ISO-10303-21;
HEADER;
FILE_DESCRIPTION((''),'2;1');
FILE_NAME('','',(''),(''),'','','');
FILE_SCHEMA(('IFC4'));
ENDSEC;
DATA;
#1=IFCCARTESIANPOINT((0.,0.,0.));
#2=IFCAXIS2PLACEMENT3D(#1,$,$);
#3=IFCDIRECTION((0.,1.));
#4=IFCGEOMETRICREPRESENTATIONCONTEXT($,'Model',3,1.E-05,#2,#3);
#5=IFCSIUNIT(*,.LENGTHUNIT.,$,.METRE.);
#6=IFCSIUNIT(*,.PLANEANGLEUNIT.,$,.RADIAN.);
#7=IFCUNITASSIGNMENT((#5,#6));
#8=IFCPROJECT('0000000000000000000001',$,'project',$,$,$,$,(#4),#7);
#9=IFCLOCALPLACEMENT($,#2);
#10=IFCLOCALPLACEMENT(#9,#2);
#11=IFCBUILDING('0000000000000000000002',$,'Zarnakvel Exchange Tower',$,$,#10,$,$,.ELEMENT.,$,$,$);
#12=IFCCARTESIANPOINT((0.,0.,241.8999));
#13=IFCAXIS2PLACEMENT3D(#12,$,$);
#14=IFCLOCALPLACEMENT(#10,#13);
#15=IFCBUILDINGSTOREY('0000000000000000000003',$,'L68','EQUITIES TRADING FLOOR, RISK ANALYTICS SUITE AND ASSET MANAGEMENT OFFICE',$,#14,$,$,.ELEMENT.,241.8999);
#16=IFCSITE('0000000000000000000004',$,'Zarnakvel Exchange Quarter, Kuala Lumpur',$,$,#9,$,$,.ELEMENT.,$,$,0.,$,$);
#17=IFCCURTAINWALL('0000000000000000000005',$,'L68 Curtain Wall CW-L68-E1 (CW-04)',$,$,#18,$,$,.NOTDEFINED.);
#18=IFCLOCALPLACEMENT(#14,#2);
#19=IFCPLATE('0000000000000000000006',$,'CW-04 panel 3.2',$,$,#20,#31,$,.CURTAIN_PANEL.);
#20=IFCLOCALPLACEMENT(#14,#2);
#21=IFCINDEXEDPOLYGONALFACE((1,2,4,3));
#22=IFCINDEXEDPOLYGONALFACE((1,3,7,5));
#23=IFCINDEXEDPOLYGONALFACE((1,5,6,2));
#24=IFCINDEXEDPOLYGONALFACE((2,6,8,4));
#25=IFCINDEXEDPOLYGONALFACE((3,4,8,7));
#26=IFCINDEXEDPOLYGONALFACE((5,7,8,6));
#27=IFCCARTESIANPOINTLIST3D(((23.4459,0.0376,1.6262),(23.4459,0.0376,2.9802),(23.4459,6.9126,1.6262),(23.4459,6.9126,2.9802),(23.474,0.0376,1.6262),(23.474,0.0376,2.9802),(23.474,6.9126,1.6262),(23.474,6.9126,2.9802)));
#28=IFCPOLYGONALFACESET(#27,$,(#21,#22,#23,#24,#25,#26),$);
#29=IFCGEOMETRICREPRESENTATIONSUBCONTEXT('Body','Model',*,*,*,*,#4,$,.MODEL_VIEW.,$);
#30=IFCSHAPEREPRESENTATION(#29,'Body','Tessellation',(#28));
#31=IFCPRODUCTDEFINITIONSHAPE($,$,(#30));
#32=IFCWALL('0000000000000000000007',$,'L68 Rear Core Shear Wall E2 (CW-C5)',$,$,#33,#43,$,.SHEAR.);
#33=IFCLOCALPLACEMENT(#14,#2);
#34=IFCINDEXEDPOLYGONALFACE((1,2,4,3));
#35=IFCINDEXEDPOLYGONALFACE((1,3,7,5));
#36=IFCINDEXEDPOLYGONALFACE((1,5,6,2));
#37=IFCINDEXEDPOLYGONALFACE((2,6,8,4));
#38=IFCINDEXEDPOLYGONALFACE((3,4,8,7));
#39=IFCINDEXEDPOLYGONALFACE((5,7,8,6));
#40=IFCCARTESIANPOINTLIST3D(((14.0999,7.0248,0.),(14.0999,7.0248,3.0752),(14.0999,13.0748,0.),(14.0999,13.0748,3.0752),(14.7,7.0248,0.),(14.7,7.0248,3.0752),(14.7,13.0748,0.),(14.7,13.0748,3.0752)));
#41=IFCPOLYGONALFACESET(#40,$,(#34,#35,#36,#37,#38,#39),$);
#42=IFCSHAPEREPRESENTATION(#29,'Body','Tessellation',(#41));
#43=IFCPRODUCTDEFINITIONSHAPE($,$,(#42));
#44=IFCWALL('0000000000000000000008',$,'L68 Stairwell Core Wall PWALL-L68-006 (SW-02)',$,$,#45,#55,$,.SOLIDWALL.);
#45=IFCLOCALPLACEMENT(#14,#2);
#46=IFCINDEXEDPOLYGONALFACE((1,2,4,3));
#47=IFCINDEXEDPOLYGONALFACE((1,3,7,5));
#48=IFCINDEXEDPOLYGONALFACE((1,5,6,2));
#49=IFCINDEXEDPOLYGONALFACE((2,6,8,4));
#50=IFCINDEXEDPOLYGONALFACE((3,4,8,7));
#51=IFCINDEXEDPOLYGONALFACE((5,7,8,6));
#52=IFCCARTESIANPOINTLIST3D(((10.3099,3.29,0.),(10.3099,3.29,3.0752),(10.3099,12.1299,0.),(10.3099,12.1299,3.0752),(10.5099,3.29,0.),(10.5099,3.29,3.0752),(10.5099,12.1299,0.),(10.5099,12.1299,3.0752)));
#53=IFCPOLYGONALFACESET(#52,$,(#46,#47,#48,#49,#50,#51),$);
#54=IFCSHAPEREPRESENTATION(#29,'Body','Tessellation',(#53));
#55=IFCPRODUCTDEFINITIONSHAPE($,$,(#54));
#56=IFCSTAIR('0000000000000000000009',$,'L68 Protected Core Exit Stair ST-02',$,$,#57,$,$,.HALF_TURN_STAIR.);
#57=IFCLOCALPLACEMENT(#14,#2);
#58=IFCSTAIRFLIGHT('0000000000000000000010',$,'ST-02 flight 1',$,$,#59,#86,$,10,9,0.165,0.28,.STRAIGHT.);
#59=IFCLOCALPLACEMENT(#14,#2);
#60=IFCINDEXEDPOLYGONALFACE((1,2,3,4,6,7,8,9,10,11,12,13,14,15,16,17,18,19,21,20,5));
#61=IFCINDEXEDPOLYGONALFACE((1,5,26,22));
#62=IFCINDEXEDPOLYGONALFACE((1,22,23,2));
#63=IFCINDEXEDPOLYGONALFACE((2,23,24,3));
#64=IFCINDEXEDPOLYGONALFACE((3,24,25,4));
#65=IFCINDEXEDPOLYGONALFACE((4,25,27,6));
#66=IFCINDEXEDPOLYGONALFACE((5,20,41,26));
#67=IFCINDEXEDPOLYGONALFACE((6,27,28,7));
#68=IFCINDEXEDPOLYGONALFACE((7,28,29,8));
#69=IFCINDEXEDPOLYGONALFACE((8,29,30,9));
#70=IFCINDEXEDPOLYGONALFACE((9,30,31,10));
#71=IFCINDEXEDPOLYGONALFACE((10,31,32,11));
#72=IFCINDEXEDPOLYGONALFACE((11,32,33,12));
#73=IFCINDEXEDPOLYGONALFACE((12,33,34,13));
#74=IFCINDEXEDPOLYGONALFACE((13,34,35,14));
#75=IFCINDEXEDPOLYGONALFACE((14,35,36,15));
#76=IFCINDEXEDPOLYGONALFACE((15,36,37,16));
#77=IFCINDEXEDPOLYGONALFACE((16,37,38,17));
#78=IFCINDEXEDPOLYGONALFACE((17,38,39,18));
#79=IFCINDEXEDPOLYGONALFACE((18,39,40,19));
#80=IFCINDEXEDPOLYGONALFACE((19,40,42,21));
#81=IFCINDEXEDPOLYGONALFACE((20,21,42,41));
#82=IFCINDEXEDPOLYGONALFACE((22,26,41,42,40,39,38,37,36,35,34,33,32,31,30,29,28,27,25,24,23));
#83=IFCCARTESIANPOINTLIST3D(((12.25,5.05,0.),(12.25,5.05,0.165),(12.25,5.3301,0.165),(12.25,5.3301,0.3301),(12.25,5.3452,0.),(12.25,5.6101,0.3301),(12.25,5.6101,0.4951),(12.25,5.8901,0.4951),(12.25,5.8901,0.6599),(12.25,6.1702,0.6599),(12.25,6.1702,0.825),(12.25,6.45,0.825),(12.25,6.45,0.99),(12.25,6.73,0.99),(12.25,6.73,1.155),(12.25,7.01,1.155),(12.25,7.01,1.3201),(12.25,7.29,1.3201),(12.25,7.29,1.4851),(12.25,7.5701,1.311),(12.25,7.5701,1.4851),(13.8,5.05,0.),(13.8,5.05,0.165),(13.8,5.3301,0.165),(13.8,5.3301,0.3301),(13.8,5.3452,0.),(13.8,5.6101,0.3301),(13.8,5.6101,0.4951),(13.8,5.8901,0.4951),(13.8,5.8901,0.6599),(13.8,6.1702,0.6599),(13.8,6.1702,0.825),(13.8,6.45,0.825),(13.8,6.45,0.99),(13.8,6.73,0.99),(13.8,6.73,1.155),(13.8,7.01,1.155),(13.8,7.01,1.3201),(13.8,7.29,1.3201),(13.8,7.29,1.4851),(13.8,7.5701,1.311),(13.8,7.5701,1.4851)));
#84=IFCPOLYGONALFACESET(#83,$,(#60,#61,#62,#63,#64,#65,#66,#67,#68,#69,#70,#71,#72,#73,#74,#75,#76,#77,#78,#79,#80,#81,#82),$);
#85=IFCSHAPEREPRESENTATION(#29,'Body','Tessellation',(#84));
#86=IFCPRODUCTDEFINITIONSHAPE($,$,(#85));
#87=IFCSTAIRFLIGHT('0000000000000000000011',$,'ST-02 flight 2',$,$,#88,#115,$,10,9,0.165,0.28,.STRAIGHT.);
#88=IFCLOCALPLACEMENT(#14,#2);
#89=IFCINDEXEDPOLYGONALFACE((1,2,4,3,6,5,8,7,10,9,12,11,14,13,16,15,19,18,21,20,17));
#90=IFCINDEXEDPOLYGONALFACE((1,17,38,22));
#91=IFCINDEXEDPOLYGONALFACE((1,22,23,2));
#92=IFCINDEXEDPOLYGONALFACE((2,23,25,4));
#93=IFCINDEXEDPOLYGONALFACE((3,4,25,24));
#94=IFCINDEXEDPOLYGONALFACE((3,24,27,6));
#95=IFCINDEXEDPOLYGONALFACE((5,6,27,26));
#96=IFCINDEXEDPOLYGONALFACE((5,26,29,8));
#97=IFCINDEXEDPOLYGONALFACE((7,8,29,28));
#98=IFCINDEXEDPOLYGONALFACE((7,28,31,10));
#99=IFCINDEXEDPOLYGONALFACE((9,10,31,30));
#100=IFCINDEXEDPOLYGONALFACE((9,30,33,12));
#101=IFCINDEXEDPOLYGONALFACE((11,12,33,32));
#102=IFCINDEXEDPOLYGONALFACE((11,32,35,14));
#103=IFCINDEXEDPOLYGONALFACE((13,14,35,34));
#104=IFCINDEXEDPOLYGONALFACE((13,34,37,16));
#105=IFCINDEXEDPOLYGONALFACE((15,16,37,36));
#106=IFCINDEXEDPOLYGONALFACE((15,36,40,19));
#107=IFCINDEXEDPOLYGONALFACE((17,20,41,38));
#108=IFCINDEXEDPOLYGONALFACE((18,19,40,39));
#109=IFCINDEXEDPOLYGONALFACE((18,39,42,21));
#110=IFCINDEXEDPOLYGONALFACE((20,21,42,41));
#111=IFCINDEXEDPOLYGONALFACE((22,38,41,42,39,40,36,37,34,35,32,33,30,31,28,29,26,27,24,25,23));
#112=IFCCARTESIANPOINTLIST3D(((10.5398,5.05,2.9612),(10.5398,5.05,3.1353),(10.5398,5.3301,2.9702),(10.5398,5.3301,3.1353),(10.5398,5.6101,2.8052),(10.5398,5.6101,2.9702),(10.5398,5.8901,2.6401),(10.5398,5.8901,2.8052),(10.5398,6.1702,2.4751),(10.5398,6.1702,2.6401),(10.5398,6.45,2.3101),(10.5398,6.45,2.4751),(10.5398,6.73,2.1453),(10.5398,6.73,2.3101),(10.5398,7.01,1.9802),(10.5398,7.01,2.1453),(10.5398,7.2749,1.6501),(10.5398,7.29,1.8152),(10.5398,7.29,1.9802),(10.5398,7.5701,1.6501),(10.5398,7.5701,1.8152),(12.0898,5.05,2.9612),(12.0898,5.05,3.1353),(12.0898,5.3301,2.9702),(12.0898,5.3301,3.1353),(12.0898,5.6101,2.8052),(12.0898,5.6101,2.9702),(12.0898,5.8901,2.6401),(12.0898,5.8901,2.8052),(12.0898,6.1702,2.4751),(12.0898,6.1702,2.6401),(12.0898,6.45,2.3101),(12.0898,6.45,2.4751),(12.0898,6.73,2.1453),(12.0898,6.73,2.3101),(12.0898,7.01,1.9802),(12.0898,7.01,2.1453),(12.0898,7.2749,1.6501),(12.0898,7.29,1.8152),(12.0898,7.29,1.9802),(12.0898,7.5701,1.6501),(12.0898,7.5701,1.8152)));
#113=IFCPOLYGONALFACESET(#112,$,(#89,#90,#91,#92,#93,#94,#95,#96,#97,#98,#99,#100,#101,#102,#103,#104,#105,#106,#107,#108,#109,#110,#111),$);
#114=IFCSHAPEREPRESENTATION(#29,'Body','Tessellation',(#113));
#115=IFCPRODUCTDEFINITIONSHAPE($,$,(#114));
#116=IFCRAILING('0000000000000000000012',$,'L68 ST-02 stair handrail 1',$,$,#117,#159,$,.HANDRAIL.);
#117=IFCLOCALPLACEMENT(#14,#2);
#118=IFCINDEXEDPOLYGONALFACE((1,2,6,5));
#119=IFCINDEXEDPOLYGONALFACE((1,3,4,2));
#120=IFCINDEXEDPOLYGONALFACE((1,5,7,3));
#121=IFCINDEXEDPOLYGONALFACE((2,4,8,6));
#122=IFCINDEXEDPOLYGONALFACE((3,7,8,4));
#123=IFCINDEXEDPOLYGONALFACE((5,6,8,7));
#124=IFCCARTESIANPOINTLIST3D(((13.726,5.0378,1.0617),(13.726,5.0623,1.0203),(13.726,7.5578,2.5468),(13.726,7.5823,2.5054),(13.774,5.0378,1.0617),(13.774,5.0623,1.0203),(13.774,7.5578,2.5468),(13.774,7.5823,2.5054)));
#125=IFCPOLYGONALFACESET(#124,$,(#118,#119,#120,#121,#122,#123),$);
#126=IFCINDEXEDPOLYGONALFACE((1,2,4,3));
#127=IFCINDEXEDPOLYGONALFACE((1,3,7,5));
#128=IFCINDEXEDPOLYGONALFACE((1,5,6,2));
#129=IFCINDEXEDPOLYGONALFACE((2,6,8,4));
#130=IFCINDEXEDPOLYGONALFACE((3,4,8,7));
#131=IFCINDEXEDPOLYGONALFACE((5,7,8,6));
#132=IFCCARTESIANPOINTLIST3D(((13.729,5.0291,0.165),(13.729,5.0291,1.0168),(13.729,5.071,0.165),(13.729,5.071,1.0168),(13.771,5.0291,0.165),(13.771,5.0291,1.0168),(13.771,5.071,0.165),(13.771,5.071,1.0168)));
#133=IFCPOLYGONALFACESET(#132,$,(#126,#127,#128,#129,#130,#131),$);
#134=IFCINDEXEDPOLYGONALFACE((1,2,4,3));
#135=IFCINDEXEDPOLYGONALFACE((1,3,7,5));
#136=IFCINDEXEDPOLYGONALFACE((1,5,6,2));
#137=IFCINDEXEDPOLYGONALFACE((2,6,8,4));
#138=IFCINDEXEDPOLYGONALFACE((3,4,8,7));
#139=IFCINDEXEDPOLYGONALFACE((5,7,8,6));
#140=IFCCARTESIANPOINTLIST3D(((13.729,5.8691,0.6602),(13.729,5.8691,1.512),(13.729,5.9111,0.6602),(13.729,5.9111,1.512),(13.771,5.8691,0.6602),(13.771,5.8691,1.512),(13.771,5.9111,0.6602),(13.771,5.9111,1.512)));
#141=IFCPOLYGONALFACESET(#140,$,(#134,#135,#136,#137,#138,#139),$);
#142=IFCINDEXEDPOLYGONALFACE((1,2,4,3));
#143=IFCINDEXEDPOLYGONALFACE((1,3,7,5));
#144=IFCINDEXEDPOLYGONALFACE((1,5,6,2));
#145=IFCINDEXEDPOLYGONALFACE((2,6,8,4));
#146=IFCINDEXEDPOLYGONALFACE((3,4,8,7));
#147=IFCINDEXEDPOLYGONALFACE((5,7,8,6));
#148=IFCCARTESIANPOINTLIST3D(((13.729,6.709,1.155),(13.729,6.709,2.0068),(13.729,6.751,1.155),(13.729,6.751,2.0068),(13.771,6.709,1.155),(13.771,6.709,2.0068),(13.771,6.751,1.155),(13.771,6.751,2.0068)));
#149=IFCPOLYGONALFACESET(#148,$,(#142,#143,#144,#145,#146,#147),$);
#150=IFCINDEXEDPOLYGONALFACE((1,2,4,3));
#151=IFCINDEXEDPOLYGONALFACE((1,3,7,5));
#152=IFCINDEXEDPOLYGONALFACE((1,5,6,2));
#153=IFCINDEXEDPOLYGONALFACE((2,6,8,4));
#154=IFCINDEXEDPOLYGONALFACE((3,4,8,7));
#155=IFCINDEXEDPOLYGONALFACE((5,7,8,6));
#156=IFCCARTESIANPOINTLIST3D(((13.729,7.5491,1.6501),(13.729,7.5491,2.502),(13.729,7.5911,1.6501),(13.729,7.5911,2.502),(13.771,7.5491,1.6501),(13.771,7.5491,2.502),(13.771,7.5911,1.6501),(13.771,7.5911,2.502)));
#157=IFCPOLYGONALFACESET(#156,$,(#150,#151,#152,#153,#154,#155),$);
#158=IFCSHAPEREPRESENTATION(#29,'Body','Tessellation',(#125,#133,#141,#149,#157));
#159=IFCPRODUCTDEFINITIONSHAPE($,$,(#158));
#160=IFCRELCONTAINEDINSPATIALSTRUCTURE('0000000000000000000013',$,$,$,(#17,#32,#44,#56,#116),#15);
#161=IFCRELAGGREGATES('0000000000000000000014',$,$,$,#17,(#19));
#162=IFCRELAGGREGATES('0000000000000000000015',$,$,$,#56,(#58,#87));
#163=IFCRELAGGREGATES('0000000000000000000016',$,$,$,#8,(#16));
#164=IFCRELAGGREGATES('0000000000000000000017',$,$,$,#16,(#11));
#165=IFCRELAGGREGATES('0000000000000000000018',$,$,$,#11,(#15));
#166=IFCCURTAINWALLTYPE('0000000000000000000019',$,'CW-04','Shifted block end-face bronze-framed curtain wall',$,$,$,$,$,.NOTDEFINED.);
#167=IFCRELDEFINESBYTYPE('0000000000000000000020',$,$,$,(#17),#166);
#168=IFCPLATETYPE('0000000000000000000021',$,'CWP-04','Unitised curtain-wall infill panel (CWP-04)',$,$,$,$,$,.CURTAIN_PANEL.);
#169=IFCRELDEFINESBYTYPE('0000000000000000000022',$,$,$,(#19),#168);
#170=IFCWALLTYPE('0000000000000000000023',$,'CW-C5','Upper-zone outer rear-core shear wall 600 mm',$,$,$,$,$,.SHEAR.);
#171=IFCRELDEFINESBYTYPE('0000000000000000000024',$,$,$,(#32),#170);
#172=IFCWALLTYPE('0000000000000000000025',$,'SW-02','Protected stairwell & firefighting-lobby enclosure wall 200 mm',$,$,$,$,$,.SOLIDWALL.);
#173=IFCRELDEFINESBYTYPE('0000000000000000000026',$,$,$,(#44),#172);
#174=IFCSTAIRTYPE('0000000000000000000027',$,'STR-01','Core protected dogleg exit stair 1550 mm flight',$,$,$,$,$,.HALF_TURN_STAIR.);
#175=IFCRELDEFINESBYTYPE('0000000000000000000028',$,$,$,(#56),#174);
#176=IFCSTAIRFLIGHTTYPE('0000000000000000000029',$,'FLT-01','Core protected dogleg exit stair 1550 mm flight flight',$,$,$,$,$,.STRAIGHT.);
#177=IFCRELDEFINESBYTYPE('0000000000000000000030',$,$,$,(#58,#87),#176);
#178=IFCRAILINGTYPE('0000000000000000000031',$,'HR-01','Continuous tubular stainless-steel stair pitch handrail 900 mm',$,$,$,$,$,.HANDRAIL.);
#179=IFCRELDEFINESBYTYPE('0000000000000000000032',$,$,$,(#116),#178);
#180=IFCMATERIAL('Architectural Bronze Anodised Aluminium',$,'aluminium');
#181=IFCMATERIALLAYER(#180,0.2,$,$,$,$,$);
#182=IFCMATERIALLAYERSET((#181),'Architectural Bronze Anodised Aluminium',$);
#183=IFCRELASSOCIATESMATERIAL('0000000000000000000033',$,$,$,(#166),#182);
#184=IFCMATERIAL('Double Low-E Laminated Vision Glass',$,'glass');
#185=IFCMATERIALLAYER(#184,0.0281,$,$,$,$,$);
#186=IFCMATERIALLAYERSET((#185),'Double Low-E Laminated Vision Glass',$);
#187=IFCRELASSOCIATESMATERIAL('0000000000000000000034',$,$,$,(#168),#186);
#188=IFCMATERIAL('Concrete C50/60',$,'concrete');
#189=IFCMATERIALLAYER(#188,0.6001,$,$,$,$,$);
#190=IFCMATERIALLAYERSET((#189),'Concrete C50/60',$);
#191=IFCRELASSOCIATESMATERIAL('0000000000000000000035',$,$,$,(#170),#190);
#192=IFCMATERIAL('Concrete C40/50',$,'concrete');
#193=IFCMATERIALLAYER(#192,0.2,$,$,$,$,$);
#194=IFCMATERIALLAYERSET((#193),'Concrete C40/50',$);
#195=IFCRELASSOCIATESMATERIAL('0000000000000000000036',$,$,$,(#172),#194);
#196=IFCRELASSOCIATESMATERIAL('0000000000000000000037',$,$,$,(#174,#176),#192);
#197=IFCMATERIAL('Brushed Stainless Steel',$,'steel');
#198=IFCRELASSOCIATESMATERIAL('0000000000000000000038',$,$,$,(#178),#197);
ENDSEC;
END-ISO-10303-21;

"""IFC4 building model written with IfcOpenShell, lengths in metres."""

from ifc_helpers import new_model, si_unit, direction, frame, frame_2d, origin, origin_2d, place, context, subcontext, project, spatial, polyline, rectangle, outline, extrude, source, transform, mapped, material, layer, layer_set, type_object, element, aggregate, save


model = new_model("IFC4")

# Units and contexts
model_context = context("Model", 3, precision=1e-05, world=origin(), true_north=direction((0.0, 1.0)))
body_context = subcontext(model_context, "Body", "Model", "MODEL_VIEW")
ifc_project = project(units=[si_unit("LENGTHUNIT", "METRE"), si_unit("PLANEANGLEUNIT", "RADIAN")], contexts=[model_context])

# Site, building, storey
site_placement = place(None, origin())
site = spatial("IfcSite", under=ifc_project, at=site_placement, Name="Zarnakvel Exchange Quarter, Kuala Lumpur", CompositionType="ELEMENT", RefElevation=0.0)
building_placement = place(site_placement, origin())
building = spatial("IfcBuilding", under=site, at=building_placement, Name="Zarnakvel Exchange Tower", CompositionType="ELEMENT")
storey_placement = place(building_placement, frame((0.0, 0.0, 241.8999)))
storey = spatial("IfcBuildingStorey", under=building, at=storey_placement, Name="L68", Description="EQUITIES TRADING FLOOR, RISK ANALYTICS SUITE AND ASSET MANAGEMENT OFFICE", CompositionType="ELEMENT", Elevation=241.8999)

# Shared definitions
ifc_material_1 = material(Name="Concrete C50/60", Category="concrete")

# Curtain wall, plate
ifc_material_2 = material(Name="Architectural Bronze Anodised Aluminium", Category="aluminium")
ifc_layer_1 = layer(ifc_material_2, 0.2)
ifc_layer_set_1 = layer_set([ifc_layer_1], Name="Architectural Bronze Anodised Aluminium")
curtain_wall_type = type_object("IfcCurtainWallType", Name="CW-04", Description="Shifted block end-face bronze-framed curtain wall", PredefinedType="NOTDEFINED", material=ifc_layer_set_1)
curtain_wall_placement = place(storey_placement, origin())
curtain_wall = element("IfcCurtainWall", 1, at=curtain_wall_placement, inside=storey, type_object=curtain_wall_type, Name="L68 Curtain Wall CW-L68-E1 (CW-04)", PredefinedType="NOTDEFINED")
ifc_material_3 = material(Name="Double Low-E Laminated Vision Glass", Category="glass")
ifc_layer_2 = layer(ifc_material_3, 0.0281)
ifc_layer_set_2 = layer_set([ifc_layer_2], Name="Double Low-E Laminated Vision Glass")
plate_type = type_object("IfcPlateType", Name="CWP-04", Description="Unitised curtain-wall infill panel (CWP-04)", PredefinedType="CURTAIN_PANEL", material=ifc_layer_set_2)
shared_shape_1 = source(origin(), body_context, "Body", "SweptSolid", [
    extrude(rectangle(XDim=6.875, YDim=0.0281, at=origin_2d()), origin(), (0.0, 0.0, 1.0), 1.354),
])
plate_1_placement = place(storey_placement, frame((23.46, 3.4751, 1.6262), z_axis=(0.0, 0.0, 1.0), x_axis=(0.0, 1.0, 0.0)))
plate_1 = element("IfcPlate", 2, at=plate_1_placement, type_object=plate_type, Name="CW-04 panel 3.2", PredefinedType="CURTAIN_PANEL", context=body_context, shape_type="MappedRepresentation", body=[
    mapped(shared_shape_1, transform((0.0, 0.0, 0.0), x_axis=(1.0, 0.0, 0.0), y_axis=(0.0, 1.0, 0.0), z_axis=(0.0, 0.0, 1.0), scale=1.0)),
])
aggregate(curtain_wall, [plate_1])

# Wall
ifc_layer_3 = layer(ifc_material_1, 0.6001)
ifc_layer_set_3 = layer_set([ifc_layer_3], Name="Concrete C50/60")
wall_type_1 = type_object("IfcWallType", Name="CW-C5", Description="Upper-zone outer rear-core shear wall 600 mm", PredefinedType="SHEAR", material=ifc_layer_set_3)
wall_1_placement = place(storey_placement, frame((14.3999, 7.0249, 0.0), z_axis=(0.0, 0.0, 1.0), x_axis=(0.0, 1.0, 0.0)))
element("IfcWall", 3, at=wall_1_placement, inside=storey, type_object=wall_type_1, Name="L68 Rear Core Shear Wall E2 (CW-C5)", PredefinedType="SHEAR", context=body_context, shape_type="SweptSolid", body=[
    extrude(rectangle(XDim=6.05, YDim=0.6001, at=frame_2d((3.0249, 0.0))), origin(), (0.0, 0.0, 1.0), 3.0752),
])

# Shared definitions
ifc_material_4 = material(Name="Concrete C40/50", Category="concrete")
ifc_layer_4 = layer(ifc_material_4, 0.2)
ifc_layer_set_4 = layer_set([ifc_layer_4], Name="Concrete C40/50")
wall_type_2 = type_object("IfcWallType", Name="SW-02", Description="Protected stairwell & firefighting-lobby enclosure wall 200 mm", PredefinedType="SOLIDWALL", material=ifc_layer_set_4)

# Wall
wall_2_placement = place(storey_placement, frame((10.4099, 3.29, 0.0), z_axis=(0.0, 0.0, 1.0), x_axis=(0.0, 1.0, 0.0)))
element("IfcWall", 4, at=wall_2_placement, inside=storey, type_object=wall_type_2, Name="L68 Stairwell Core Wall PWALL-L68-006 (SW-02)", PredefinedType="SOLIDWALL", context=body_context, shape_type="SweptSolid", body=[
    extrude(rectangle(XDim=8.8398, YDim=0.2, at=frame_2d((4.4199, 0.0))), origin(), (0.0, 0.0, 1.0), 3.0752),
])

# Stair, stair flights
stair_type = type_object("IfcStairType", Name="STR-01", Description="Core protected dogleg exit stair 1550 mm flight", PredefinedType="HALF_TURN_STAIR", material=ifc_material_4)
stair_placement = place(storey_placement, origin())
stair = element("IfcStair", 5, at=stair_placement, inside=storey, type_object=stair_type, Name="L68 Protected Core Exit Stair ST-02", PredefinedType="HALF_TURN_STAIR")
stair_flight_type = type_object("IfcStairFlightType", Name="FLT-01", Description="Core protected dogleg exit stair 1550 mm flight flight", PredefinedType="STRAIGHT", material=ifc_material_4)
stair_flight_1_placement = place(storey_placement, frame((13.0249, 5.05, 0.0), z_axis=(0.0, 0.0, 1.0), x_axis=(0.0, 1.0, 0.0)))
stair_flight_1 = element("IfcStairFlight", 6, at=stair_flight_1_placement, type_object=stair_flight_type, Name="ST-02 flight 1", NumberOfRisers=10, NumberOfTreads=9, PredefinedType="STRAIGHT", RiserHeight=0.165, TreadLength=0.28, context=body_context, shape_type="SweptSolid", body=[
    extrude(outline(polyline([(0.0, 0.0), (0.0, 0.165), (0.28, 0.165), (0.28, 0.3301), (0.5601, 0.3301), (0.5601, 0.4951), (0.8401, 0.4951), (0.8401, 0.6599), (1.1201, 0.6599), (1.1201, 0.825), (1.3999, 0.825), (1.3999, 0.99), (1.6799, 0.99), (1.6799, 1.155), (1.96, 1.155), (1.96, 1.3201), (2.24, 1.3201), (2.24, 1.4851), (2.52, 1.4851), (2.52, 1.6499), (2.52, 1.311), (0.2952, 0.0), (0.0, 0.0)])), frame((0.0, 0.7749, 0.0), z_axis=(0.0, -1.0, 0.0), x_axis=(1.0, 0.0, 0.0)), (0.0, 0.0, 1.0), 1.55),
])
stair_flight_2_placement = place(storey_placement, frame((11.3149, 7.5701, 1.6501), z_axis=(0.0, 0.0, 1.0), x_axis=(0.0, -1.0, 0.0)))
stair_flight_2 = element("IfcStairFlight", 7, at=stair_flight_2_placement, type_object=stair_flight_type, Name="ST-02 flight 2", NumberOfRisers=10, NumberOfTreads=9, PredefinedType="STRAIGHT", RiserHeight=0.165, TreadLength=0.28, context=body_context, shape_type="SweptSolid", body=[
    extrude(outline(polyline([(0.0, 0.0), (0.0, 0.165), (0.28, 0.165), (0.28, 0.3301), (0.5601, 0.3301), (0.5601, 0.4951), (0.8401, 0.4951), (0.8401, 0.6599), (1.1201, 0.6599), (1.1201, 0.825), (1.3999, 0.825), (1.3999, 0.99), (1.6799, 0.99), (1.6799, 1.155), (1.96, 1.155), (1.96, 1.3201), (2.24, 1.3201), (2.24, 1.4851), (2.52, 1.4851), (2.52, 1.6499), (2.52, 1.311), (0.2952, 0.0), (0.0, 0.0)])), frame((0.0, 0.7749, 0.0), z_axis=(0.0, -1.0, 0.0), x_axis=(1.0, 0.0, 0.0)), (0.0, 0.0, 1.0), 1.55),
])
aggregate(stair, [stair_flight_1, stair_flight_2])

# Railing
ifc_material_5 = material(Name="Brushed Stainless Steel", Category="steel")
railing_type_1 = type_object("IfcRailingType", Name="HR-01", Description="Continuous tubular stainless-steel stair pitch handrail 900 mm", PredefinedType="HANDRAIL", material=ifc_material_5)
railing_1_placement = place(storey_placement, frame((13.75, 5.05, 0.165)))
element("IfcRailing", 8, at=railing_1_placement, inside=storey, type_object=railing_type_1, Name="L68 ST-02 stair handrail 1", PredefinedType="HANDRAIL", context=body_context, shape_type="SweptSolid", body=[
    extrude(rectangle(XDim=0.0481, YDim=0.0481, at=origin_2d()), frame((0.0, 0.0, 0.876), z_axis=(0.0, 0.861524, 0.507717), x_axis=(-1.0, 0.0, 0.0)), (0.0, 0.0, 1.0), 2.925),
    extrude(rectangle(XDim=0.042, YDim=0.042, at=origin_2d()), origin(), (0.0, 0.0, 1.0), 0.8518),
    extrude(rectangle(XDim=0.042, YDim=0.042, at=origin_2d()), frame((0.0, 0.8401, 0.4951)), (0.0, 0.0, 1.0), 0.8518),
    extrude(rectangle(XDim=0.042, YDim=0.042, at=origin_2d()), frame((0.0, 1.6799, 0.99)), (0.0, 0.0, 1.0), 0.8518),
    extrude(rectangle(XDim=0.042, YDim=0.042, at=origin_2d()), frame((0.0, 2.52, 1.4851)), (0.0, 0.0, 1.0), 0.8518),
])

save(model, "model.ifc")
